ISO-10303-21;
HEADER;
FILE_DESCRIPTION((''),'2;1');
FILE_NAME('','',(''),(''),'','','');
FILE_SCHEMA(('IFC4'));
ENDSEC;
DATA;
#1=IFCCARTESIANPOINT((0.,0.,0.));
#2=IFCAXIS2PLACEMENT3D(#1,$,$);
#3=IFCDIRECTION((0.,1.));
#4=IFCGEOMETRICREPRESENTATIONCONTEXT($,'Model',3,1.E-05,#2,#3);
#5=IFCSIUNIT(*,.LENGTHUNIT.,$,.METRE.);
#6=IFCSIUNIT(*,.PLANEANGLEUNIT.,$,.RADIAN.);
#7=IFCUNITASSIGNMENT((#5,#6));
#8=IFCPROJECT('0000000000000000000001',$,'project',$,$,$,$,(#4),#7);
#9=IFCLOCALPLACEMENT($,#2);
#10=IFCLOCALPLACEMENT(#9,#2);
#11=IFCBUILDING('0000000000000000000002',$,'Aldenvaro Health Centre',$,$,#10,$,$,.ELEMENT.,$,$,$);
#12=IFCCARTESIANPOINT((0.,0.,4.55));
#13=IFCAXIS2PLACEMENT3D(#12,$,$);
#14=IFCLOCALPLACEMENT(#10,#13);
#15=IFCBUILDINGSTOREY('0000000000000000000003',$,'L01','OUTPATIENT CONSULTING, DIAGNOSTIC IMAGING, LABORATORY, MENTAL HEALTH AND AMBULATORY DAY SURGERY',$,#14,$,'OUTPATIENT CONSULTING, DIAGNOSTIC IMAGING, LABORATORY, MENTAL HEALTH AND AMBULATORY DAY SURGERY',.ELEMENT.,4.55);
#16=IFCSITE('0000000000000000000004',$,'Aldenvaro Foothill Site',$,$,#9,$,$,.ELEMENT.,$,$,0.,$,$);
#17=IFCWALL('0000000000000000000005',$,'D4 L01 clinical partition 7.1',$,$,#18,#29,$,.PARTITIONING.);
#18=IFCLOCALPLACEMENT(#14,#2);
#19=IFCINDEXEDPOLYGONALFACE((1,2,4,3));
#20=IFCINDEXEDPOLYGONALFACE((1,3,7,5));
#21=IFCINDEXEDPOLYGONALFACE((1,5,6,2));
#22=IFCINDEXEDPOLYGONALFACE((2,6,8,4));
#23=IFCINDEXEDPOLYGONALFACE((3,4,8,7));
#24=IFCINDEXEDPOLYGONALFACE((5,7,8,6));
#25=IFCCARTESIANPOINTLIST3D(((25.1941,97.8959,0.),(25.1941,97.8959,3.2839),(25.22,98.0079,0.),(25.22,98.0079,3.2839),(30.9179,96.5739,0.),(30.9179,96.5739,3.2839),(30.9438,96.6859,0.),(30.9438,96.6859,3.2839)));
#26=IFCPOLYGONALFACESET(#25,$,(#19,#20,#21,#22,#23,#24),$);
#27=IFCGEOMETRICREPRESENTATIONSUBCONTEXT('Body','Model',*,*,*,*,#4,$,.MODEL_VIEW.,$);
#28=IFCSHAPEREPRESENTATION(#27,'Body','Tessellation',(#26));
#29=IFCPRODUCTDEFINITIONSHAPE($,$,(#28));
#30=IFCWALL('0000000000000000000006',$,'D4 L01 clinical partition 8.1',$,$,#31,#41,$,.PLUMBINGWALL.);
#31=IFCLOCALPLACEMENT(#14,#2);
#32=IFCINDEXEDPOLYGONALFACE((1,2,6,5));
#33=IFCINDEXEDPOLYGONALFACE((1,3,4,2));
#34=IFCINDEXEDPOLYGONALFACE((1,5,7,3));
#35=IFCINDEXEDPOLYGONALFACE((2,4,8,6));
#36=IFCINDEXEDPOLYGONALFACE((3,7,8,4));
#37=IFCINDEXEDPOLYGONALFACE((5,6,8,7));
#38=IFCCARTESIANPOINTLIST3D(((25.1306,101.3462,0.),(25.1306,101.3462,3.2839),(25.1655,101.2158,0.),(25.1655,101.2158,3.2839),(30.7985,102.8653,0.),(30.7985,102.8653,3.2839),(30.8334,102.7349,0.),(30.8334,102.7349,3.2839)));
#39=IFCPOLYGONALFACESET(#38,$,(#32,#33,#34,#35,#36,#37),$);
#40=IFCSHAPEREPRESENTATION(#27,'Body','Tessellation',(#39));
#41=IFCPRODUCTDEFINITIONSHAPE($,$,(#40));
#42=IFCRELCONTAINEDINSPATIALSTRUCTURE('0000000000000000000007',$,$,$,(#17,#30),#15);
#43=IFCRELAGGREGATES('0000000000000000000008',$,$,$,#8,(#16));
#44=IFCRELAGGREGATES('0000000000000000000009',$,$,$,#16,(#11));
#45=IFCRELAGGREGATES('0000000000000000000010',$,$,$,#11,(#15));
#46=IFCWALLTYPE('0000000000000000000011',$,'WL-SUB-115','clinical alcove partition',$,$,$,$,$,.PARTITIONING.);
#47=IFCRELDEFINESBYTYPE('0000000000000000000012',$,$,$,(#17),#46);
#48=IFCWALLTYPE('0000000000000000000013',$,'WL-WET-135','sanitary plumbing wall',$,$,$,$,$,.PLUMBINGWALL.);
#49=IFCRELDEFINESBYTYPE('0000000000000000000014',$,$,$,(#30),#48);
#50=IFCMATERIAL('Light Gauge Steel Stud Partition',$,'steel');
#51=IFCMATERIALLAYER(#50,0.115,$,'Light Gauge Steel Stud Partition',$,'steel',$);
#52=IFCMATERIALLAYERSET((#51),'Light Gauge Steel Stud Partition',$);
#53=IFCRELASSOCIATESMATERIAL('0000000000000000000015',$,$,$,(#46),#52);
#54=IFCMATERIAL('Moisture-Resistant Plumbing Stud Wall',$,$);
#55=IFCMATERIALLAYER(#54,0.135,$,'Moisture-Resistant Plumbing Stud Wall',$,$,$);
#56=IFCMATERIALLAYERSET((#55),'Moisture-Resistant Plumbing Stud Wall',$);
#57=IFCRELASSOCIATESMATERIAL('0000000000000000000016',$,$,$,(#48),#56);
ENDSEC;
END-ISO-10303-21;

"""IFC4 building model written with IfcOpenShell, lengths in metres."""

from ifc_helpers import new_model, si_unit, direction, frame, frame_2d, origin, place, context, subcontext, project, spatial, rectangle, extrude, material, layer, layer_set, type_object, element, save


model = new_model("IFC4")

# Units and contexts
model_context = context("Model", 3, precision=1e-05, world=origin(), true_north=direction((0.0, 1.0)))
body_context = subcontext(model_context, "Body", "Model", "MODEL_VIEW")
ifc_project = project(units=[si_unit("LENGTHUNIT", "METRE"), si_unit("PLANEANGLEUNIT", "RADIAN")], contexts=[model_context])

# Site, building, storey
site_placement = place(None, origin())
site = spatial("IfcSite", under=ifc_project, at=site_placement, Name="Aldenvaro Foothill Site", CompositionType="ELEMENT", RefElevation=0.0)
building_placement = place(site_placement, origin())
building = spatial("IfcBuilding", under=site, at=building_placement, Name="Aldenvaro Health Centre", CompositionType="ELEMENT")
storey_placement = place(building_placement, frame((0.0, 0.0, 4.55)))
storey = spatial("IfcBuildingStorey", under=building, at=storey_placement, Name="L01", Description="OUTPATIENT CONSULTING, DIAGNOSTIC IMAGING, LABORATORY, MENTAL HEALTH AND AMBULATORY DAY SURGERY", LongName="OUTPATIENT CONSULTING, DIAGNOSTIC IMAGING, LABORATORY, MENTAL HEALTH AND AMBULATORY DAY SURGERY", CompositionType="ELEMENT", Elevation=4.55)

# Walls
ifc_material_1 = material(Name="Light Gauge Steel Stud Partition", Category="steel")
ifc_layer_1 = layer(ifc_material_1, 0.115, Name="Light Gauge Steel Stud Partition", Category="steel")
ifc_layer_set_1 = layer_set([ifc_layer_1], Name="Light Gauge Steel Stud Partition")
wall_type_1 = type_object("IfcWallType", Name="WL-SUB-115", Description="clinical alcove partition", PredefinedType="PARTITIONING", material=ifc_layer_set_1)
wall_1_placement = place(storey_placement, frame((25.207, 97.9519, 0.0), z_axis=(0.0, 0.0, 1.0), x_axis=(0.974349, -0.225042, 0.0)))
element("IfcWall", 1, at=wall_1_placement, inside=storey, type_object=wall_type_1, Name="D4 L01 clinical partition 7.1", PredefinedType="PARTITIONING", context=body_context, shape_type="SweptSolid", body=[
    extrude(rectangle(XDim=5.8745, YDim=0.115, at=frame_2d((2.9373, 0.0))), origin(), (0.0, 0.0, 1.0), 3.2839),
])
ifc_material_2 = material(Name="Moisture-Resistant Plumbing Stud Wall")
ifc_layer_2 = layer(ifc_material_2, 0.135, Name="Moisture-Resistant Plumbing Stud Wall")
ifc_layer_set_2 = layer_set([ifc_layer_2], Name="Moisture-Resistant Plumbing Stud Wall")
wall_type_2 = type_object("IfcWallType", Name="WL-WET-135", Description="sanitary plumbing wall", PredefinedType="PLUMBINGWALL", material=ifc_layer_set_2)
wall_2_placement = place(storey_placement, frame((25.1479, 101.281, 0.0), z_axis=(0.0, 0.0, 1.0), x_axis=(0.965912, 0.258869, 0.0)))
element("IfcWall", 2, at=wall_2_placement, inside=storey, type_object=wall_type_2, Name="D4 L01 clinical partition 8.1", PredefinedType="PLUMBINGWALL", context=body_context, shape_type="SweptSolid", body=[
    extrude(rectangle(XDim=5.8679, YDim=0.135, at=frame_2d((2.9341, 0.0))), origin(), (0.0, 0.0, 1.0), 3.2839),
])

save(model, "model.ifc")
